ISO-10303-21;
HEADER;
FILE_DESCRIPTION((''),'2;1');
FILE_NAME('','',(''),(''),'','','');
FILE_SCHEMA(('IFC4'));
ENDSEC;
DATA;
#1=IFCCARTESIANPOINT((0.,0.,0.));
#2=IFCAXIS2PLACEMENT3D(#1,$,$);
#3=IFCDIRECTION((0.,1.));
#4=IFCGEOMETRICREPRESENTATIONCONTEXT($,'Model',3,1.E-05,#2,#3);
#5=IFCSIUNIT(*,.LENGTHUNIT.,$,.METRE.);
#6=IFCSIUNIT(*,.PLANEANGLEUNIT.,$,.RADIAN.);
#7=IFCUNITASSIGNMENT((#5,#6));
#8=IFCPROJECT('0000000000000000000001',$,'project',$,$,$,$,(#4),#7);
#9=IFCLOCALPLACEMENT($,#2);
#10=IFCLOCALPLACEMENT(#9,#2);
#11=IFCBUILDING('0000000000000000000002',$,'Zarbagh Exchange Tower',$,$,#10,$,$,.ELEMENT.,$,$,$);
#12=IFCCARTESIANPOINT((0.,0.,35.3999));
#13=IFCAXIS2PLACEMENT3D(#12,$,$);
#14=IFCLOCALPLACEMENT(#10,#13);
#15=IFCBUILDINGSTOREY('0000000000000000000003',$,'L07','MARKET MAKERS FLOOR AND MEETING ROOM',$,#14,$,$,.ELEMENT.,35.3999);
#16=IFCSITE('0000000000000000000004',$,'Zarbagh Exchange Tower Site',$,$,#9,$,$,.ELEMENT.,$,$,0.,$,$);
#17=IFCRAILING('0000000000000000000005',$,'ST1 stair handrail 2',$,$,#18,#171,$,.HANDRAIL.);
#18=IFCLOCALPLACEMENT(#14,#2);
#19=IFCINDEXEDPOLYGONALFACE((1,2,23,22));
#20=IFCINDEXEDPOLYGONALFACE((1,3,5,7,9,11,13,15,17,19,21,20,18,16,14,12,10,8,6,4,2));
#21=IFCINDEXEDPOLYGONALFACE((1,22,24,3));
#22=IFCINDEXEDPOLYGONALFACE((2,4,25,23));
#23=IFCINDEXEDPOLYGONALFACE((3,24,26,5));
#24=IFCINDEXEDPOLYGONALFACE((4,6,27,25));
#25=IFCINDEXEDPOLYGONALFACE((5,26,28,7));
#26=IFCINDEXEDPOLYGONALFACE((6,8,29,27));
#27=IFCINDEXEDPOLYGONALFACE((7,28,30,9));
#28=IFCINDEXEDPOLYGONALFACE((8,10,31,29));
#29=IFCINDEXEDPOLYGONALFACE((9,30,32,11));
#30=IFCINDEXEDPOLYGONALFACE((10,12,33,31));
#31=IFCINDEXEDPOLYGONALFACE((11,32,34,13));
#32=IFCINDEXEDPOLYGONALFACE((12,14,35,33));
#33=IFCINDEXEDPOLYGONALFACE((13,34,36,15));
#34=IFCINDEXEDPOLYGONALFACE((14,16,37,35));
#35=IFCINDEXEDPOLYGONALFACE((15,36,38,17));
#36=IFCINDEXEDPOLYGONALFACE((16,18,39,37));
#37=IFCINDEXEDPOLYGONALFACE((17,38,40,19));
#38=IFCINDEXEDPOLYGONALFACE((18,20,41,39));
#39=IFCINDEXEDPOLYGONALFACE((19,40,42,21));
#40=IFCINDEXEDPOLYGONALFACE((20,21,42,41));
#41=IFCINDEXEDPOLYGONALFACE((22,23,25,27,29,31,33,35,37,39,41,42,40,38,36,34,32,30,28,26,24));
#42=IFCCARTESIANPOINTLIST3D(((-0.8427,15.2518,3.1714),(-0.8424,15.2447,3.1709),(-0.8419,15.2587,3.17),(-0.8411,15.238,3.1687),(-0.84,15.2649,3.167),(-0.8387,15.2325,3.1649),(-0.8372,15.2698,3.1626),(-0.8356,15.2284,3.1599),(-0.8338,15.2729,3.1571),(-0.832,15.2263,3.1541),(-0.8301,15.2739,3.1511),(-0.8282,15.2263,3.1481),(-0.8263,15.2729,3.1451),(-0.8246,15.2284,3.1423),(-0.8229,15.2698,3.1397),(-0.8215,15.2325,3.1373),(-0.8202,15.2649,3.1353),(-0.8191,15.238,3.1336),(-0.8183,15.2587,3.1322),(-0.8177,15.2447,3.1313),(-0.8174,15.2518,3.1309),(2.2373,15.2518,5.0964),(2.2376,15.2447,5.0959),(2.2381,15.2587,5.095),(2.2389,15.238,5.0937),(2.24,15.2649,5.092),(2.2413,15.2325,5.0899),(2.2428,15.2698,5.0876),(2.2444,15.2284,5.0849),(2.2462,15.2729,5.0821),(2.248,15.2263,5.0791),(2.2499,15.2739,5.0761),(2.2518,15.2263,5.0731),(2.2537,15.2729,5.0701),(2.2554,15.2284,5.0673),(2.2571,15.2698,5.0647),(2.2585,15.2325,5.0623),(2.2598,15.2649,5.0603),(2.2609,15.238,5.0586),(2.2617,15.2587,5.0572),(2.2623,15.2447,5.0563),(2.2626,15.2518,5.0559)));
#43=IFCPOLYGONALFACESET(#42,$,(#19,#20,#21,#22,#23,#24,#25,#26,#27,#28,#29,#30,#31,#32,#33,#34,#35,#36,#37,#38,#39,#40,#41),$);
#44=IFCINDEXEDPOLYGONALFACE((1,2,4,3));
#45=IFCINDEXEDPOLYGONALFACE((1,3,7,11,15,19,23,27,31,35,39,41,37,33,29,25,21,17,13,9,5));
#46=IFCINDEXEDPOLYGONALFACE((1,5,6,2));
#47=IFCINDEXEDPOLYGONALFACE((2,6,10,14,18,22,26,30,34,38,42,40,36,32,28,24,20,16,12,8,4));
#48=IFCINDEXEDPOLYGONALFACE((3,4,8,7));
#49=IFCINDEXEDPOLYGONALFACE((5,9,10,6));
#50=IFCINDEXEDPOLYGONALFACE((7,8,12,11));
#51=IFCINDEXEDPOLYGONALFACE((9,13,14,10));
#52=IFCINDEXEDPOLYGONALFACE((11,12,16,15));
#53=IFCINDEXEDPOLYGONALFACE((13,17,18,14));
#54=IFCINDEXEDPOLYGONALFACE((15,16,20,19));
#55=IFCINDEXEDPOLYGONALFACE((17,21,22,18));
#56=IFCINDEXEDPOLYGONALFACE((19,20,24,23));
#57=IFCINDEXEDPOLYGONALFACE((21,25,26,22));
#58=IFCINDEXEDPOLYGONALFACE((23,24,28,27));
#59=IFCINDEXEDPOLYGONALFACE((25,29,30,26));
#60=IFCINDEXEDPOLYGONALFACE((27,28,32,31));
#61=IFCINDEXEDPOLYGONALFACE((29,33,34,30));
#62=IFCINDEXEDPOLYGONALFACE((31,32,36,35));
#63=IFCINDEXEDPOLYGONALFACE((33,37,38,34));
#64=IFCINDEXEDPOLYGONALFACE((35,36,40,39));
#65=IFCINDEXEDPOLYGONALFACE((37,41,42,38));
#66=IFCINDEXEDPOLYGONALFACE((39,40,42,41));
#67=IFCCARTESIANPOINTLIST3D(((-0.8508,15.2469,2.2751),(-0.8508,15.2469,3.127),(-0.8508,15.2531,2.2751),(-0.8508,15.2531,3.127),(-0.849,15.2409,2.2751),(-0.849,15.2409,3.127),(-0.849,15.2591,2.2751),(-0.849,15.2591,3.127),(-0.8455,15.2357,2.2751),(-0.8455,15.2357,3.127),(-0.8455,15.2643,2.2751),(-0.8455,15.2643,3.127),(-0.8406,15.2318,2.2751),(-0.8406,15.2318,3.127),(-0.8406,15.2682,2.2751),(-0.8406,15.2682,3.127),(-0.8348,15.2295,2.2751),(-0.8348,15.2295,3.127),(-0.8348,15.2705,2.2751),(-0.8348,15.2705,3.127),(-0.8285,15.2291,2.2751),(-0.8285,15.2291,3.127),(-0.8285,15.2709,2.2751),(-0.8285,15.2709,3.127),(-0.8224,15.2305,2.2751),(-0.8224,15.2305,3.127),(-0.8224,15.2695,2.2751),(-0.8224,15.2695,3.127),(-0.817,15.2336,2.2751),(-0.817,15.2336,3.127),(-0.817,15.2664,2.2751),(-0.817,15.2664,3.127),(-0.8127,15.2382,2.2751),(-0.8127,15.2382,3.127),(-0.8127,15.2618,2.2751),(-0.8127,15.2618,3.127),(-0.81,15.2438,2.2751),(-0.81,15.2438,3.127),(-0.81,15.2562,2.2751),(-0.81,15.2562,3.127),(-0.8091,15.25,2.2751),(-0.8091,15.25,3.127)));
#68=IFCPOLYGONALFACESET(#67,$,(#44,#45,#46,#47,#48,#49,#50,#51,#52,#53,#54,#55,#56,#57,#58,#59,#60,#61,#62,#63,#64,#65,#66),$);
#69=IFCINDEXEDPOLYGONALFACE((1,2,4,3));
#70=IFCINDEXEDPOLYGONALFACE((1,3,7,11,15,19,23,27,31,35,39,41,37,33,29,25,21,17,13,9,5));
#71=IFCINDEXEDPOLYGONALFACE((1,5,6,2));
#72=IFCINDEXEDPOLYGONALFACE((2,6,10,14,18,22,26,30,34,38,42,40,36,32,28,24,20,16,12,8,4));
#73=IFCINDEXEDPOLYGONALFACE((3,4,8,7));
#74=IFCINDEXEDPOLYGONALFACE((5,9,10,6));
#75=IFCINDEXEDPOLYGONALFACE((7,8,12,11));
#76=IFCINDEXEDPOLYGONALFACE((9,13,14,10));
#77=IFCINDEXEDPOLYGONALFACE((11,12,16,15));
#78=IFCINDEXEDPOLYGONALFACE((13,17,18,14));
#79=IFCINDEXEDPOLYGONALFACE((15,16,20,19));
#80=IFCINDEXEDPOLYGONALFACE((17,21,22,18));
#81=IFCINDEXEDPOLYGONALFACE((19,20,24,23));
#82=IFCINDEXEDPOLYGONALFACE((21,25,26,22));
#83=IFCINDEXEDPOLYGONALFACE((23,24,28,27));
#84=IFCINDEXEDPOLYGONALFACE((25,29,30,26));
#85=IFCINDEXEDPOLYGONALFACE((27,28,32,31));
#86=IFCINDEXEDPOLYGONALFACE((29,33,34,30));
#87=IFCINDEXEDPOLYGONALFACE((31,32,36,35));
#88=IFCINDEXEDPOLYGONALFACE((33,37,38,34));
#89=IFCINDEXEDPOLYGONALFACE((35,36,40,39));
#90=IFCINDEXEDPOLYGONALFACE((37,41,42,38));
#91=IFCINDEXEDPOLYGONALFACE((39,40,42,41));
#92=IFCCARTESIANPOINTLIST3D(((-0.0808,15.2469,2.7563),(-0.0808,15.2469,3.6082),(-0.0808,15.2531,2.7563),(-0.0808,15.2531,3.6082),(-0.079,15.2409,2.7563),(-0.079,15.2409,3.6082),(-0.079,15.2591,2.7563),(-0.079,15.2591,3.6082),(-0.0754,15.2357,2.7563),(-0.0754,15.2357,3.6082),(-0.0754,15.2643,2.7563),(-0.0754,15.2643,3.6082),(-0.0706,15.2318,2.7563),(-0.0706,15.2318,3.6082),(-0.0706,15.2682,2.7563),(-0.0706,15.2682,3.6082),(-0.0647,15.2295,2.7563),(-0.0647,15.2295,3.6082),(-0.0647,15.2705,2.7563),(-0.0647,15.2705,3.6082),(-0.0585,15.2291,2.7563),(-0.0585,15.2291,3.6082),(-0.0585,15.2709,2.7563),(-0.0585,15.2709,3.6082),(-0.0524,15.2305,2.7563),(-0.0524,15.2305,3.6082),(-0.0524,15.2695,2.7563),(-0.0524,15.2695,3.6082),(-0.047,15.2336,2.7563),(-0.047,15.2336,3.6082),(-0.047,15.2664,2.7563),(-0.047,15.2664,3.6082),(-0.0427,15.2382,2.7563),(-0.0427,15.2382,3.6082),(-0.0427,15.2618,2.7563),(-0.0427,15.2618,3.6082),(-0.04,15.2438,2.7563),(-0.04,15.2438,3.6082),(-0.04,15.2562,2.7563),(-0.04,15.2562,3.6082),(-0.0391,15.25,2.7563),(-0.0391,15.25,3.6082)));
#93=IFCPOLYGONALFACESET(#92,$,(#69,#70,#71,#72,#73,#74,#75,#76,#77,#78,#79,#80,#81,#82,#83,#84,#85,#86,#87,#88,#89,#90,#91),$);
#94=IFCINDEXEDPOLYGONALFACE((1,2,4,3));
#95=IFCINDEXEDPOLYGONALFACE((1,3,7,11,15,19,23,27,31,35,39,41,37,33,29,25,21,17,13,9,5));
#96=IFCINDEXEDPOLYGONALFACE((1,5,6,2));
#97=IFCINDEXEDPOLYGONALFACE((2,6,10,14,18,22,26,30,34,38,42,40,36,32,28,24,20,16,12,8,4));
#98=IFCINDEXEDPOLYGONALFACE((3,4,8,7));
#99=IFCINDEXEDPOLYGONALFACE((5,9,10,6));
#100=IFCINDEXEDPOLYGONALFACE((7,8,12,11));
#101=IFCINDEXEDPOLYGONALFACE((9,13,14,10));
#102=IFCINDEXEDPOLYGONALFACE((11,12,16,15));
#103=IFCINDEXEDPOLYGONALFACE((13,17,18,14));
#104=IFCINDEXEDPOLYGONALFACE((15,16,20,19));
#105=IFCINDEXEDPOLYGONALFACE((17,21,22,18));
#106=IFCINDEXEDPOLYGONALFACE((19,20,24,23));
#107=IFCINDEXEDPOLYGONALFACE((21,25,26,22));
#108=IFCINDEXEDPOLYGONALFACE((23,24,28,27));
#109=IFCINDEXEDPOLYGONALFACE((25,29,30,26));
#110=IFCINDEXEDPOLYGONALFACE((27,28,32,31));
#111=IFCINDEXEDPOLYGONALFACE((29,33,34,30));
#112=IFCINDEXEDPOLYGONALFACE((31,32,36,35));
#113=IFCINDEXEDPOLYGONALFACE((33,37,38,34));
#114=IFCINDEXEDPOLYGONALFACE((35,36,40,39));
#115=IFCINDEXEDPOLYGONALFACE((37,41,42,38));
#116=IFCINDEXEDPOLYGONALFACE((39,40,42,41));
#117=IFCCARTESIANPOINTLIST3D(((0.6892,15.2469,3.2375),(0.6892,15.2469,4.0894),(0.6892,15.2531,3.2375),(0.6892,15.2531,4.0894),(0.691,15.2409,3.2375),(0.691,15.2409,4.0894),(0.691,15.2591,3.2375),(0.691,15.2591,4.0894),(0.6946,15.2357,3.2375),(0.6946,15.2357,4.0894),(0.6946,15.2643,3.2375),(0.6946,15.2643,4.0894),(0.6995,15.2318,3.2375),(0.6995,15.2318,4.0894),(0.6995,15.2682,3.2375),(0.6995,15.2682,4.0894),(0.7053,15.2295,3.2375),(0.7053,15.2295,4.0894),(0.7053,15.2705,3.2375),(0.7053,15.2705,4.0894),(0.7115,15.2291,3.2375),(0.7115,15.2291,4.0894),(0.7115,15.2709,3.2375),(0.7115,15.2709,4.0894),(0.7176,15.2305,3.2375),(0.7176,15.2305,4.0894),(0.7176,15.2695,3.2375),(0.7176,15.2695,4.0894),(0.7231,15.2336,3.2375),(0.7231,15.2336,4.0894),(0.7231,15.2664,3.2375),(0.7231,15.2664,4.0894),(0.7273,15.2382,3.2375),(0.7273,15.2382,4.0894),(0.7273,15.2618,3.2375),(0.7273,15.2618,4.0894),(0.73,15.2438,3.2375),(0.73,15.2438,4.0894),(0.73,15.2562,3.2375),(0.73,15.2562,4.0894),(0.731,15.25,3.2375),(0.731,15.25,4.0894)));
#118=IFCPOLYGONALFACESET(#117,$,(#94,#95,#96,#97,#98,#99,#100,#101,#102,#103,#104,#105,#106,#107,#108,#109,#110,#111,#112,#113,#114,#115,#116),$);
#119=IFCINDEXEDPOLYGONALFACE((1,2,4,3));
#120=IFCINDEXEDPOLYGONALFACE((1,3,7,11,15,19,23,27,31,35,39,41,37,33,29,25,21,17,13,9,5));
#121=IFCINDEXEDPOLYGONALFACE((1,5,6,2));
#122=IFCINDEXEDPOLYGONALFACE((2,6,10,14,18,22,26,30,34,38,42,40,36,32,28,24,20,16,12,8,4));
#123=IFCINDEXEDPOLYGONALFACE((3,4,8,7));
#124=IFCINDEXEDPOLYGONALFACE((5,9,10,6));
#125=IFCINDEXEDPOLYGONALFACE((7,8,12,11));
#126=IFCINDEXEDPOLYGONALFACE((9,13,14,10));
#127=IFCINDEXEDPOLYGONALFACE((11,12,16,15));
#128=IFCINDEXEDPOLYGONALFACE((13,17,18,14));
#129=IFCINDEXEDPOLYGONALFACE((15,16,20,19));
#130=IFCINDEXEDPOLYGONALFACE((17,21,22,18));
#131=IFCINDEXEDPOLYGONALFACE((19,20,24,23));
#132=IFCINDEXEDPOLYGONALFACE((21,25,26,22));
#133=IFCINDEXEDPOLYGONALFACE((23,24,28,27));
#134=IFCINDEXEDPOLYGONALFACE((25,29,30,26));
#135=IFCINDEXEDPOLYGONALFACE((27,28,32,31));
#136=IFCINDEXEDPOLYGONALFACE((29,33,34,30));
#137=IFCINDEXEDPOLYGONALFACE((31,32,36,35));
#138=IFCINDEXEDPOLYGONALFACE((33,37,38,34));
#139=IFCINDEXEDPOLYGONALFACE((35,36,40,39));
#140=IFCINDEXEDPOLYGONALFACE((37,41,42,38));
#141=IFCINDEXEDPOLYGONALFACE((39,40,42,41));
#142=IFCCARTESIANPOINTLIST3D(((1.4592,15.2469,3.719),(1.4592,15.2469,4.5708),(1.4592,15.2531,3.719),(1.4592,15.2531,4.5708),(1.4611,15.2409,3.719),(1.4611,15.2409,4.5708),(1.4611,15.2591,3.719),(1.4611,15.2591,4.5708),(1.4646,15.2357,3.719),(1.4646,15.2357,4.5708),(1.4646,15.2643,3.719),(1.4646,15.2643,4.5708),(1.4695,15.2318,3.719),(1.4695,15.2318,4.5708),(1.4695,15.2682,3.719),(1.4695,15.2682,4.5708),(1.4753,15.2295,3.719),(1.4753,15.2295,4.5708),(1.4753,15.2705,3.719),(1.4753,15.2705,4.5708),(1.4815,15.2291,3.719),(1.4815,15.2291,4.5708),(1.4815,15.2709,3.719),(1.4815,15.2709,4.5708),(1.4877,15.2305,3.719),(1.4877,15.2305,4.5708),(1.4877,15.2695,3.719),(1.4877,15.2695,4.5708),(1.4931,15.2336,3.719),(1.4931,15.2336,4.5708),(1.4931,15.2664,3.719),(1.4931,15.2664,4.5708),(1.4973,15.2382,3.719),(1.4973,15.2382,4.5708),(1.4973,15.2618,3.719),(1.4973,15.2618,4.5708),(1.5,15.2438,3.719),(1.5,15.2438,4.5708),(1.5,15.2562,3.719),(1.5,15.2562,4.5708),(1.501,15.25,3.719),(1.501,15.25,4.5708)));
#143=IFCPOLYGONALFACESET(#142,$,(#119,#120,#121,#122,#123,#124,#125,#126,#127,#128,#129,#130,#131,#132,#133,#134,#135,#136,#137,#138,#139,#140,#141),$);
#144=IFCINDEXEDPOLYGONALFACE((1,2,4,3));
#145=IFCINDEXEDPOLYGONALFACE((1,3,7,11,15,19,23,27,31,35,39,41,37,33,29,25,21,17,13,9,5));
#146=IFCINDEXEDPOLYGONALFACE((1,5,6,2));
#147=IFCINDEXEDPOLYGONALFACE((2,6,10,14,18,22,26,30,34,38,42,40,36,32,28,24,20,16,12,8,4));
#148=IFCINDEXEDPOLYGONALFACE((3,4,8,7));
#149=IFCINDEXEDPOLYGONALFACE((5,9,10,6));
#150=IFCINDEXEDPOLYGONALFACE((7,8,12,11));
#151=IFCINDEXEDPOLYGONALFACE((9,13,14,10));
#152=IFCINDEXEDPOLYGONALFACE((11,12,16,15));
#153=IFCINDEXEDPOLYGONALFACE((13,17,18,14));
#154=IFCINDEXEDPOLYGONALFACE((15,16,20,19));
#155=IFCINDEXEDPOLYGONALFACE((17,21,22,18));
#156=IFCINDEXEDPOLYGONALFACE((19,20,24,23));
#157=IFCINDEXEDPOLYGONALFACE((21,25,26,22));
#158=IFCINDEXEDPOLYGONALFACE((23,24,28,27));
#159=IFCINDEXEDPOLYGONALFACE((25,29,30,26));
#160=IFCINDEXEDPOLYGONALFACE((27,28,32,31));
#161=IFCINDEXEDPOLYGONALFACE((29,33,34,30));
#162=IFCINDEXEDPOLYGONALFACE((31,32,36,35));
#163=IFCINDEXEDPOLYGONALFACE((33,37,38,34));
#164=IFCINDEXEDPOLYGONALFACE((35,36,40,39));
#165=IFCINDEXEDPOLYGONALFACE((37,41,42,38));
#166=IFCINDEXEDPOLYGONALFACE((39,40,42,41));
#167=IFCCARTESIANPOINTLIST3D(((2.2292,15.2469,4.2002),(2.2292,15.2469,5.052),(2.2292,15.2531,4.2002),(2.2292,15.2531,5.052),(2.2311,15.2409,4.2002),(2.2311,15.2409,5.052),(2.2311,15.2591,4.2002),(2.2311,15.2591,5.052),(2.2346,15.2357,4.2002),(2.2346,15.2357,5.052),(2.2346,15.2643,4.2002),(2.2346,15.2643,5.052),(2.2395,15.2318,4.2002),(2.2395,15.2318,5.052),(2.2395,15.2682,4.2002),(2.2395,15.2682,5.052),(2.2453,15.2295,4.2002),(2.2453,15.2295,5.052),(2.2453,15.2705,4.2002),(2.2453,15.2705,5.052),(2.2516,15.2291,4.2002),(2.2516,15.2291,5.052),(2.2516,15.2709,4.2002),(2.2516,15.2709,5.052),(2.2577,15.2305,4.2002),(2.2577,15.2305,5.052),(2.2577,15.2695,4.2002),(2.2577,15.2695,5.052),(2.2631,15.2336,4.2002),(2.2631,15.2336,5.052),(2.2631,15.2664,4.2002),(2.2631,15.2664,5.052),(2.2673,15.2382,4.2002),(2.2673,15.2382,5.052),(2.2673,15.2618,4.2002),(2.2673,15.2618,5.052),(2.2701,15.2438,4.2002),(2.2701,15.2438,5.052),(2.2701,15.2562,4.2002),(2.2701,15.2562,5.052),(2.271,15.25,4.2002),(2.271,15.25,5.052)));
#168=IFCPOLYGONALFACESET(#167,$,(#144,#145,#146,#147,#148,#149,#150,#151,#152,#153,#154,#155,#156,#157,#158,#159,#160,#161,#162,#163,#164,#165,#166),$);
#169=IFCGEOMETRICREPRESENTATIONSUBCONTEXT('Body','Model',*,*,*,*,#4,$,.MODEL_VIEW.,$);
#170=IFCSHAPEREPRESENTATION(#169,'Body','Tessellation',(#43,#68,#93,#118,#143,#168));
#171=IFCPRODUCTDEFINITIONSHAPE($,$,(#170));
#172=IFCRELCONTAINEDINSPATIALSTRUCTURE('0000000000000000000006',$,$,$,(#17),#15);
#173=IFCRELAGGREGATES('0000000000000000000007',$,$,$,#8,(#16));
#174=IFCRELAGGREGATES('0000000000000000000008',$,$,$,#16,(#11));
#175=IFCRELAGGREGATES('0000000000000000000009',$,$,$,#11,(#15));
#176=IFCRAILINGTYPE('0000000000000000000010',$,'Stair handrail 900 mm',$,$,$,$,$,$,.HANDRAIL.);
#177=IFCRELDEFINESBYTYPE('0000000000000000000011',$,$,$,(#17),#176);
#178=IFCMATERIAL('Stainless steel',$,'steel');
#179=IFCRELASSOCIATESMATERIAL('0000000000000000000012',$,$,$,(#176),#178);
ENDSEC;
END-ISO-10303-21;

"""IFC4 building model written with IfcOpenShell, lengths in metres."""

from ifc_helpers import new_model, si_unit, direction, frame, origin, origin_2d, place, context, subcontext, project, spatial, circle, extrude, material, type_object, element, save


model = new_model("IFC4")

# Units and contexts
model_context = context("Model", 3, precision=1e-05, world=origin(), true_north=direction((0.0, 1.0)))
body_context = subcontext(model_context, "Body", "Model", "MODEL_VIEW")
ifc_project = project(units=[si_unit("LENGTHUNIT", "METRE"), si_unit("PLANEANGLEUNIT", "RADIAN")], contexts=[model_context])

# Site, building, storey
site_placement = place(None, origin())
site = spatial("IfcSite", under=ifc_project, at=site_placement, Name="Zarbagh Exchange Tower Site", CompositionType="ELEMENT", RefElevation=0.0)
building_placement = place(site_placement, origin())
building = spatial("IfcBuilding", under=site, at=building_placement, Name="Zarbagh Exchange Tower", CompositionType="ELEMENT")
storey_placement = place(building_placement, frame((0.0, 0.0, 35.3999)))
storey = spatial("IfcBuildingStorey", under=building, at=storey_placement, Name="L07", Description="MARKET MAKERS FLOOR AND MEETING ROOM", CompositionType="ELEMENT", Elevation=35.3999)

# Shared definitions
ifc_material_1 = material(Name="Stainless steel", Category="steel")

# Railing
railing_type_1 = type_object("IfcRailingType", Name="Stair handrail 900 mm", PredefinedType="HANDRAIL", material=ifc_material_1)
railing_1_placement = place(storey_placement, frame((-0.8301, 15.25, 2.2751)))
element("IfcRailing", 1, at=railing_1_placement, inside=storey, type_object=railing_type_1, Name="ST1 stair handrail 2", PredefinedType="HANDRAIL", context=body_context, shape_type="SweptSolid", body=[
    extrude(circle(Radius=0.0239, at=origin_2d()), frame((0.0, 0.0, 0.876), z_axis=(0.847998, 0.0, 0.529999), x_axis=(0.0, 1.0, 0.0)), (0.0, 0.0, 1.0), 3.6321),
    extrude(circle(Radius=0.021, at=origin_2d()), origin(), (0.0, 0.0, 1.0), 0.8518),
    extrude(circle(Radius=0.021, at=origin_2d()), frame((0.77, 0.0, 0.4812)), (0.0, 0.0, 1.0), 0.8518),
    extrude(circle(Radius=0.021, at=origin_2d()), frame((1.54, 0.0, 0.9624)), (0.0, 0.0, 1.0), 0.8518),
    extrude(circle(Radius=0.021, at=origin_2d()), frame((2.3101, 0.0, 1.4438)), (0.0, 0.0, 1.0), 0.8518),
    extrude(circle(Radius=0.021, at=origin_2d()), frame((3.0801, 0.0, 1.925)), (0.0, 0.0, 1.0), 0.8518),
])

save(model, "model.ifc")
